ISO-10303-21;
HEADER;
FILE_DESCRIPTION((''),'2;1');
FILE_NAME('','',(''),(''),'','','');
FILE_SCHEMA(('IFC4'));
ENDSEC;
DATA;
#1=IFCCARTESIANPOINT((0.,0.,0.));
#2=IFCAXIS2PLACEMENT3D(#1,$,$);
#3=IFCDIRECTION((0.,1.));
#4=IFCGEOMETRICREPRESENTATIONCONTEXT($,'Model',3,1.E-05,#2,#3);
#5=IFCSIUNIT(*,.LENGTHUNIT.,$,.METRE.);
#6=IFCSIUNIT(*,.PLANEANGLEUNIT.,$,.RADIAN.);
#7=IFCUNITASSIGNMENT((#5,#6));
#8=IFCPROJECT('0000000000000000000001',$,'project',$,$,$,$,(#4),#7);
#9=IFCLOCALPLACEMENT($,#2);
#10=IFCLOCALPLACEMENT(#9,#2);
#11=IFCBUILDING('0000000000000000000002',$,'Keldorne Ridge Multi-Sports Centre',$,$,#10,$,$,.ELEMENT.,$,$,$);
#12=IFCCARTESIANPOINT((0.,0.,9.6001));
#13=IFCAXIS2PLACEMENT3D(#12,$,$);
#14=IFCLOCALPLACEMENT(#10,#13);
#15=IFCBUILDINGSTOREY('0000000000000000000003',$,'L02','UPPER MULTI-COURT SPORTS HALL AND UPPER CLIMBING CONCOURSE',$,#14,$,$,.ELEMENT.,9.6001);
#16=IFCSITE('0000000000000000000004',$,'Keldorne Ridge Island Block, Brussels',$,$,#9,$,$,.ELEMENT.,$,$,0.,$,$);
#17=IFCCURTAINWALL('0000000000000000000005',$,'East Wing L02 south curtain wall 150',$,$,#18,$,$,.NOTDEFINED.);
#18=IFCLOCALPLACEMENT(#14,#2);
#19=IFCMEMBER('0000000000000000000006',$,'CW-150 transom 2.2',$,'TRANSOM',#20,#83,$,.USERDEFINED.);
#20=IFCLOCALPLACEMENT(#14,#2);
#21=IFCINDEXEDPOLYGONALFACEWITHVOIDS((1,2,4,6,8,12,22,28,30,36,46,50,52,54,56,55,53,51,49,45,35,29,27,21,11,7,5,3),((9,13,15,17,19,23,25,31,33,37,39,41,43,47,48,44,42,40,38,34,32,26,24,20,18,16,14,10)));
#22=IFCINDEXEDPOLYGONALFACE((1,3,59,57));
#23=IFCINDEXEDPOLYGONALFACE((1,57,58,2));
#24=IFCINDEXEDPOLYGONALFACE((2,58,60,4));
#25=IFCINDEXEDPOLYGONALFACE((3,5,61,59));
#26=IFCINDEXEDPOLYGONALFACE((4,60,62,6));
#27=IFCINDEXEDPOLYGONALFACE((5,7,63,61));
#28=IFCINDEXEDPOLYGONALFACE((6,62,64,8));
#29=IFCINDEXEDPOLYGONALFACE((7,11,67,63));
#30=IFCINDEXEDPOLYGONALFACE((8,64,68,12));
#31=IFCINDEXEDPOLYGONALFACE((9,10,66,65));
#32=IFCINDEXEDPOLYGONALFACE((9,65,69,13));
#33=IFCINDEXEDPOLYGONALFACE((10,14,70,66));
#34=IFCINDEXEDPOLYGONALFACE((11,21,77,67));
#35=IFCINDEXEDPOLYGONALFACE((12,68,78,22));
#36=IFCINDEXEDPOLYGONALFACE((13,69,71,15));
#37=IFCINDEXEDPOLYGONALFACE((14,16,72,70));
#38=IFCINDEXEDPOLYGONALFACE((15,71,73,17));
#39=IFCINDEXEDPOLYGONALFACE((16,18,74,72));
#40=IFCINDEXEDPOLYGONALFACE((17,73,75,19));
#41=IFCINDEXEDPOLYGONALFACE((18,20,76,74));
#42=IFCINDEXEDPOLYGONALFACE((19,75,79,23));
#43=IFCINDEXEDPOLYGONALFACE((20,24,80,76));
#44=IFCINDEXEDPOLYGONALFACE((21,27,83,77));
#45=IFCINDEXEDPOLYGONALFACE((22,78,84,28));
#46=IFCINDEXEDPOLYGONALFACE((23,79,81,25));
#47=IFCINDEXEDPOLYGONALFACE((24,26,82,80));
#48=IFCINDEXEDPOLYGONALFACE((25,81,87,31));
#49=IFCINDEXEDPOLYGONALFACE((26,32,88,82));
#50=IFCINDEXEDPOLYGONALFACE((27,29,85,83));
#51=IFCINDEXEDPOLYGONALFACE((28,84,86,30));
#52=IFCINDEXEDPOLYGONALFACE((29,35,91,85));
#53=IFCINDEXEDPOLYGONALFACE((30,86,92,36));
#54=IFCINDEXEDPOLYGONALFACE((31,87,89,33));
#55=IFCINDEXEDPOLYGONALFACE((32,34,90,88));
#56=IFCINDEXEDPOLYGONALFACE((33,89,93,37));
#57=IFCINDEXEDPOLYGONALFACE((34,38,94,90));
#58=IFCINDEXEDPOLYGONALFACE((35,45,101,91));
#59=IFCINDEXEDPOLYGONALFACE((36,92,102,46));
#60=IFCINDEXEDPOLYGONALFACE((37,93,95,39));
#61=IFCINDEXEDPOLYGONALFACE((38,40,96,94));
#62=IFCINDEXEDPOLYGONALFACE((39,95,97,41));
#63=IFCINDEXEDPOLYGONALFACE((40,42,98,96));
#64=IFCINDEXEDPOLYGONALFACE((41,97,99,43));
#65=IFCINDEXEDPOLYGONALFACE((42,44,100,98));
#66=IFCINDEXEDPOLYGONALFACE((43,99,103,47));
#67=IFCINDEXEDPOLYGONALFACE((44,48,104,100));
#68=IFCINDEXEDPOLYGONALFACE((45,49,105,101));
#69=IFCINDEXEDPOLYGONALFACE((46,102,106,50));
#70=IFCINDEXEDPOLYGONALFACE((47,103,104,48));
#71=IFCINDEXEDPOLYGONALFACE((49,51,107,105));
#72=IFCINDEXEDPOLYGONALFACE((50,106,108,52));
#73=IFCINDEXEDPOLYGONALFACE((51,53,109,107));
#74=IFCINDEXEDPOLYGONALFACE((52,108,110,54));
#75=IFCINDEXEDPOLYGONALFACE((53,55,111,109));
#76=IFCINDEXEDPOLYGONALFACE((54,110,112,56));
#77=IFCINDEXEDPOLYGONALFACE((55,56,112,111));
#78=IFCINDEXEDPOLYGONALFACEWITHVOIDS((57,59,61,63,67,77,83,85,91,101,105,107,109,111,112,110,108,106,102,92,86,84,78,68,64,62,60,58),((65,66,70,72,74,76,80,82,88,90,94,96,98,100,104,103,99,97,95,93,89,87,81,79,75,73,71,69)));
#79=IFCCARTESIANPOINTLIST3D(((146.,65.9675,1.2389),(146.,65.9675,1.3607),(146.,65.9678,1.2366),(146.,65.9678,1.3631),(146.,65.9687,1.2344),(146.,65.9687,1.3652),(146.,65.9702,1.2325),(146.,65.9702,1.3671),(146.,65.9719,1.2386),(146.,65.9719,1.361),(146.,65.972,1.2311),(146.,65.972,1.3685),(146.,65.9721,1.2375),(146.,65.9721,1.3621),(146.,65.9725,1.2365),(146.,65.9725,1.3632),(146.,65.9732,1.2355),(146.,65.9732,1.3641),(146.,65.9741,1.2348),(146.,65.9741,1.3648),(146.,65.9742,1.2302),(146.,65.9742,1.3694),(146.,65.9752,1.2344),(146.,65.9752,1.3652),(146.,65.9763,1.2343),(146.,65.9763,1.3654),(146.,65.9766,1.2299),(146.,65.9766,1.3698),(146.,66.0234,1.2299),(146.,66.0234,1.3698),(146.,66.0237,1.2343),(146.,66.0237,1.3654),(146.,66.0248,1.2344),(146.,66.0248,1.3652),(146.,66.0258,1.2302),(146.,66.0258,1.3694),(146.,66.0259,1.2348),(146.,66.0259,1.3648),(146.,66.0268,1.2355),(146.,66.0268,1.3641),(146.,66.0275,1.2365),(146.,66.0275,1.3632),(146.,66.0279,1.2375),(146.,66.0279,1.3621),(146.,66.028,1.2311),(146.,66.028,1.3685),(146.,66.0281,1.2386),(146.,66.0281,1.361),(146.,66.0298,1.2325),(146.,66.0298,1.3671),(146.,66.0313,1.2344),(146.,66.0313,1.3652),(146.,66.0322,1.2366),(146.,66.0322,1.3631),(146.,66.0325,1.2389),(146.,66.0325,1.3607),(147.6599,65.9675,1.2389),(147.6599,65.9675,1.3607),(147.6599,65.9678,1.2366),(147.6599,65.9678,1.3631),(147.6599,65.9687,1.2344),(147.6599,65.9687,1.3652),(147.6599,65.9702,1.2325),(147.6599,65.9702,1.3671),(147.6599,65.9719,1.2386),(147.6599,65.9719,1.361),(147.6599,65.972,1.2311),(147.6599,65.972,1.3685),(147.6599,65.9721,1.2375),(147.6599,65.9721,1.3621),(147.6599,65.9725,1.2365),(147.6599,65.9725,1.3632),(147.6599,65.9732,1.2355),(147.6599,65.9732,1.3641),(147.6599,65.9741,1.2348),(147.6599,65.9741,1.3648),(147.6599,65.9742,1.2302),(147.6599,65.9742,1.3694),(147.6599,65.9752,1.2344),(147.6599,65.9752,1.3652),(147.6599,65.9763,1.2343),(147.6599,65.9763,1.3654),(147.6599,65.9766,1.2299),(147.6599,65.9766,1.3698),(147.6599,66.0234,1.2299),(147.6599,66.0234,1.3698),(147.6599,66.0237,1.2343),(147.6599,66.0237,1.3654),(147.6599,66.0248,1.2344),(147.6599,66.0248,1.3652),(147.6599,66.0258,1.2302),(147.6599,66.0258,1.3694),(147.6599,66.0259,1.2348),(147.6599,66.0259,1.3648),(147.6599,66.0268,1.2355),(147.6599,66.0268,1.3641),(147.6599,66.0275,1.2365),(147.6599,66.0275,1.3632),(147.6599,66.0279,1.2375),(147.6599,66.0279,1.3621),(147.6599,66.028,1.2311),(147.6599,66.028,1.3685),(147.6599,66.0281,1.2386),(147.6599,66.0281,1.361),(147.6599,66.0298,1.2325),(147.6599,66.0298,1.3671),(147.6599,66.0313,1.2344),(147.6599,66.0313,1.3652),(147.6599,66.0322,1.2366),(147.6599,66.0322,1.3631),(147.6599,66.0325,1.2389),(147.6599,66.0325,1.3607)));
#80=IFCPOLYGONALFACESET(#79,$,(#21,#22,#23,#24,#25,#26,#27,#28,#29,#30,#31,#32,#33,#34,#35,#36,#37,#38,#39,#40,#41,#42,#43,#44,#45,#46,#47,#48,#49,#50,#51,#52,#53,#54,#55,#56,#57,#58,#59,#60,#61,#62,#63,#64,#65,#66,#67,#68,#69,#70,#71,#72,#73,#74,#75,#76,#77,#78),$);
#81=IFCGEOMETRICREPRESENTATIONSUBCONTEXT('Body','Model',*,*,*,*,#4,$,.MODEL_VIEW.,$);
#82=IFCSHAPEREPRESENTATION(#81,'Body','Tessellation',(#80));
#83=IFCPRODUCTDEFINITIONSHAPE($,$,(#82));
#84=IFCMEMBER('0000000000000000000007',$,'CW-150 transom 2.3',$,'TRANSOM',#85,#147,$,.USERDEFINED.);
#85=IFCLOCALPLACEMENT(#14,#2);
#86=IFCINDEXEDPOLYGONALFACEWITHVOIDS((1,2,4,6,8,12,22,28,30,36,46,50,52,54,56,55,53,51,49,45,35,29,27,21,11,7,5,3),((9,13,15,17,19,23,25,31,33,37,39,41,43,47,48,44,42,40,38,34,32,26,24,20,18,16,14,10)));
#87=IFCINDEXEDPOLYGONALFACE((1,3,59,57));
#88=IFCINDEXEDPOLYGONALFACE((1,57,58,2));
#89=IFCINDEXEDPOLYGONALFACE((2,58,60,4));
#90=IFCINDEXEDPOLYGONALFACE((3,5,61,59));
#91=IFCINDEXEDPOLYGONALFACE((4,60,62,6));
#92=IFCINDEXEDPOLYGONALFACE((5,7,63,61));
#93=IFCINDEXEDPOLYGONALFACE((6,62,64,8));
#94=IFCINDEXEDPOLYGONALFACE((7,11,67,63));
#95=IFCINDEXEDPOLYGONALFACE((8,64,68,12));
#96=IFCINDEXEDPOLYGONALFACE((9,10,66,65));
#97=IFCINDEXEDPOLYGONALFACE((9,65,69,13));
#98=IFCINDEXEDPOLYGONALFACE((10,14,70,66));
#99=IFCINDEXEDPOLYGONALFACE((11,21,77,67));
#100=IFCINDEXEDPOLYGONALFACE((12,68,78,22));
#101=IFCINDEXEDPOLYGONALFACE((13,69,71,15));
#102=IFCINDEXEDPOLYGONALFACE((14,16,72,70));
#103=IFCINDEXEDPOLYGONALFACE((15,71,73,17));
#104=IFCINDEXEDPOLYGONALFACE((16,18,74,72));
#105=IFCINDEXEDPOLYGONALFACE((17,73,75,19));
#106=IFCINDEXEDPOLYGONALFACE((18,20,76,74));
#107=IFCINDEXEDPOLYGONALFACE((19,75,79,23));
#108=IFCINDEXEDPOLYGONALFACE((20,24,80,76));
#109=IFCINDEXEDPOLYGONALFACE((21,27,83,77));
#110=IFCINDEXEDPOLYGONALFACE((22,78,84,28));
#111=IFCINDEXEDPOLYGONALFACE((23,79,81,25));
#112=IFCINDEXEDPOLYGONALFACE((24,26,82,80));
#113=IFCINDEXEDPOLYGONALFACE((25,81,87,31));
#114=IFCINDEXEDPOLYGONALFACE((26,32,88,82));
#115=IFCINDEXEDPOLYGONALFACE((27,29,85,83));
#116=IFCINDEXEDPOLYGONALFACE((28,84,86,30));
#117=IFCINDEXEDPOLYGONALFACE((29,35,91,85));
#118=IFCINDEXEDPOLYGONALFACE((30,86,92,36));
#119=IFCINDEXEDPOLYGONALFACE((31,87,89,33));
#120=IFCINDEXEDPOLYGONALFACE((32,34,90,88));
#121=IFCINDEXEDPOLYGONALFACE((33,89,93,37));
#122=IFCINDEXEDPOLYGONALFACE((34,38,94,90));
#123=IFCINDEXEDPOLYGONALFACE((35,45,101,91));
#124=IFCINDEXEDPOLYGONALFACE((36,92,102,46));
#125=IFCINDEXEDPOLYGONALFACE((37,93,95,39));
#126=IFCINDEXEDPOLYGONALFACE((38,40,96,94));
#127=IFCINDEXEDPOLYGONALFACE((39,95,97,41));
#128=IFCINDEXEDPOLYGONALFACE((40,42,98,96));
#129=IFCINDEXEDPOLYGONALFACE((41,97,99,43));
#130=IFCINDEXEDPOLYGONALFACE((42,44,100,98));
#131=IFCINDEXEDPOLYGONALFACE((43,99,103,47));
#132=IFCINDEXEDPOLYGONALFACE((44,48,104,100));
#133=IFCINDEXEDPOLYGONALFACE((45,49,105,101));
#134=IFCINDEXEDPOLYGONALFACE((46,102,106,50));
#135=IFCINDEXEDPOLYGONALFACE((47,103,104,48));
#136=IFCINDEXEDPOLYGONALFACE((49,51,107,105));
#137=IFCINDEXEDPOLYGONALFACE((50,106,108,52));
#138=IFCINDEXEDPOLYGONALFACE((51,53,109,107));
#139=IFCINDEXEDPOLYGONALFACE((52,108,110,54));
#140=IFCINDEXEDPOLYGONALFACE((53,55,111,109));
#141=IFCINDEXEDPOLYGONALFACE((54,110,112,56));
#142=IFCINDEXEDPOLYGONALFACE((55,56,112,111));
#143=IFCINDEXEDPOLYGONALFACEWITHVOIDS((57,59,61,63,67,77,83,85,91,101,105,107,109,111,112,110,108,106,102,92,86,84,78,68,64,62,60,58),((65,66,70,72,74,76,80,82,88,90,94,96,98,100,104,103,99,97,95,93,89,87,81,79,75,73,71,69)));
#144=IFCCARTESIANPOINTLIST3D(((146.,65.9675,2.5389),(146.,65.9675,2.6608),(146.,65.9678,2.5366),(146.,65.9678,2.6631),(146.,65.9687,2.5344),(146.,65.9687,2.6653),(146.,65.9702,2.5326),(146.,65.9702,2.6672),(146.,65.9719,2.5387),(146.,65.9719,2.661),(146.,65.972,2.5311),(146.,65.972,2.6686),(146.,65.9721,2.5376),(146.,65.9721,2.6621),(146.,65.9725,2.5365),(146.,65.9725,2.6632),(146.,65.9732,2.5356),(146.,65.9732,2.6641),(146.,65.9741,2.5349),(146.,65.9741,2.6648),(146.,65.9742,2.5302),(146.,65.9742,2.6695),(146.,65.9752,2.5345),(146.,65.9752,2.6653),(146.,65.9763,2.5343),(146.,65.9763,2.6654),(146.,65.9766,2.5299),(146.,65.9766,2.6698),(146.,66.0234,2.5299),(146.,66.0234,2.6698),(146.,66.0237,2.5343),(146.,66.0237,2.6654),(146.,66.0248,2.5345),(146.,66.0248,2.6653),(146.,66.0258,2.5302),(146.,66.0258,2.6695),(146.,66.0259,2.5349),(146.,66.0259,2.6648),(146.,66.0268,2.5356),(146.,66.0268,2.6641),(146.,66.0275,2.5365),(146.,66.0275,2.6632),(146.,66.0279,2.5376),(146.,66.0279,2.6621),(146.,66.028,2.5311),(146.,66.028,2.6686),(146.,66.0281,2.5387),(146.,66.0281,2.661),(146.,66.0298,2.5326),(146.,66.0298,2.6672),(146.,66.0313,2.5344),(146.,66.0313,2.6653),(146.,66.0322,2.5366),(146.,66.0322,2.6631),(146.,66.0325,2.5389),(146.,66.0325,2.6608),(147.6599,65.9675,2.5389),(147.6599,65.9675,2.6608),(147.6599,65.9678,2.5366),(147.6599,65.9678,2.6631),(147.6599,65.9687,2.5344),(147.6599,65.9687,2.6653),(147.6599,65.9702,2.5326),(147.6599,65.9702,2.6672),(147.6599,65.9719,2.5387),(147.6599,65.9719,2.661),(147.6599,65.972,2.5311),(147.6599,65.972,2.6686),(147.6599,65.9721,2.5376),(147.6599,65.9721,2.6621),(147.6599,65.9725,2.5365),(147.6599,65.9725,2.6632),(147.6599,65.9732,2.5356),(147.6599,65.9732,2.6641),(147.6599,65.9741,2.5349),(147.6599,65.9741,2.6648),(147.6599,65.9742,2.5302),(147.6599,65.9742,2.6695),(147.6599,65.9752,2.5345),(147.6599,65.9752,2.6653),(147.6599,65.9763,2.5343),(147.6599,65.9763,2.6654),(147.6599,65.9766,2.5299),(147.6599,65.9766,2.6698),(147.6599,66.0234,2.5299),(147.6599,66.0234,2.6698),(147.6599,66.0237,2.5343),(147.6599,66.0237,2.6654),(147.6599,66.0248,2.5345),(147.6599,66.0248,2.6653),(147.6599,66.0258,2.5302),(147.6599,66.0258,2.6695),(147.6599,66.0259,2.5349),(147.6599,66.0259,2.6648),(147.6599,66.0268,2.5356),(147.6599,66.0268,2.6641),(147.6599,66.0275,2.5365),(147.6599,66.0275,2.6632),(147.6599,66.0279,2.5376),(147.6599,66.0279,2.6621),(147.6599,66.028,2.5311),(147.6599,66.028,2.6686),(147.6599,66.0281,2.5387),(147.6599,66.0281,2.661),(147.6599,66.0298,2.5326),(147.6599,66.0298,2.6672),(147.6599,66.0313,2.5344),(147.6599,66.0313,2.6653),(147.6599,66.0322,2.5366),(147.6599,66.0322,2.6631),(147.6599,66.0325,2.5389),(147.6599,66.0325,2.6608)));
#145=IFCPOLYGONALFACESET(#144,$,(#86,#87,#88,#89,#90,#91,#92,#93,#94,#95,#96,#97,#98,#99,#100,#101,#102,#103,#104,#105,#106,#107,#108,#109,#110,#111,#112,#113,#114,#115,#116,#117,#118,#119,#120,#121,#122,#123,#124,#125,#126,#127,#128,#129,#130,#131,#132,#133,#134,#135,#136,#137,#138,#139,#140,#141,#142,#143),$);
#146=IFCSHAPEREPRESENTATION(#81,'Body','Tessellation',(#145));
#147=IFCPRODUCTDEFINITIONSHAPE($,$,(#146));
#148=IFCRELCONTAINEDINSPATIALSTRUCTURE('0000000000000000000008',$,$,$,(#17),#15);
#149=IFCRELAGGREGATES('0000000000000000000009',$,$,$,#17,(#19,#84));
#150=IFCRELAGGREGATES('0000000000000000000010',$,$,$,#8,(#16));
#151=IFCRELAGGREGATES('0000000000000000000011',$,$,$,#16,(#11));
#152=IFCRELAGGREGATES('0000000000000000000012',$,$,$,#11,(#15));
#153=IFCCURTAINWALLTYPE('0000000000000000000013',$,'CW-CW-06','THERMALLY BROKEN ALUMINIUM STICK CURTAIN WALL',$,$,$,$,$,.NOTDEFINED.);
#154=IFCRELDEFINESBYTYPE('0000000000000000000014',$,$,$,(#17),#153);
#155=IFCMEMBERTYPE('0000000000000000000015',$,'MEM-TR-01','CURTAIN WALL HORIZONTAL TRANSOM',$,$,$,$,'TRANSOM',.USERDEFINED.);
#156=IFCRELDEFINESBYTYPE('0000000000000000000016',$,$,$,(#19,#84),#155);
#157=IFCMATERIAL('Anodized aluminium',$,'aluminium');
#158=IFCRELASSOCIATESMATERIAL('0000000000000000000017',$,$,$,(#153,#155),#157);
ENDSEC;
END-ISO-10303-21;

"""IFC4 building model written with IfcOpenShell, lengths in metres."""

from ifc_helpers import new_model, si_unit, direction, frame, origin, origin_2d, place, context, subcontext, project, spatial, hollow_rectangle, extrude, material, material_profile, profile_set, type_object, element, aggregate, save


model = new_model("IFC4")

# Units and contexts
model_context = context("Model", 3, precision=1e-05, world=origin(), true_north=direction((0.0, 1.0)))
body_context = subcontext(model_context, "Body", "Model", "MODEL_VIEW")
ifc_project = project(units=[si_unit("LENGTHUNIT", "METRE"), si_unit("PLANEANGLEUNIT", "RADIAN")], contexts=[model_context])

# Site, building, storey
site_placement = place(None, origin())
site = spatial("IfcSite", under=ifc_project, at=site_placement, Name="Keldorne Ridge Island Block, Brussels", CompositionType="ELEMENT", RefElevation=0.0)
building_placement = place(site_placement, origin())
building = spatial("IfcBuilding", under=site, at=building_placement, Name="Keldorne Ridge Multi-Sports Centre", CompositionType="ELEMENT")
storey_placement = place(building_placement, frame((0.0, 0.0, 9.6001)))
storey = spatial("IfcBuildingStorey", under=building, at=storey_placement, Name="L02", Description="UPPER MULTI-COURT SPORTS HALL AND UPPER CLIMBING CONCOURSE", CompositionType="ELEMENT", Elevation=9.6001)

# Curtain wall, members
ifc_material_1 = material(Name="Anodized aluminium", Category="aluminium")
curtain_wall_type = type_object("IfcCurtainWallType", Name="CW-CW-06", Description="THERMALLY BROKEN ALUMINIUM STICK CURTAIN WALL", PredefinedType="NOTDEFINED", material=ifc_material_1)
curtain_wall_placement = place(storey_placement, origin())
curtain_wall = element("IfcCurtainWall", 1, at=curtain_wall_placement, inside=storey, type_object=curtain_wall_type, Name="East Wing L02 south curtain wall 150", PredefinedType="NOTDEFINED")
ifc_material_profile_1 = material_profile(ifc_material_1, hollow_rectangle(XDim=0.0649, YDim=0.1399, WallThickness=0.0044, InnerFilletRadius=0.0044, OuterFilletRadius=0.009, at=origin_2d()), Name="ALU TRANSOM 140x65x4.5")
ifc_profile_set_1 = profile_set([ifc_material_profile_1], Name="Anodized aluminium")
member_type_1 = type_object("IfcMemberType", Name="MEM-TR-01", Description="CURTAIN WALL HORIZONTAL TRANSOM", ElementType="TRANSOM", PredefinedType="USERDEFINED", material=ifc_profile_set_1)
member_1_placement = place(storey_placement, frame((146.0, 66.0, 1.2998), z_axis=(1.0, 0.0, 0.0), x_axis=(0.0, 1.0, 0.0)))
member_1 = element("IfcMember", 2, at=member_1_placement, type_object=member_type_1, Name="CW-150 transom 2.2", ObjectType="TRANSOM", PredefinedType="USERDEFINED", context=body_context, shape_type="SweptSolid", body=[
    extrude(hollow_rectangle(XDim=0.0649, YDim=0.1399, WallThickness=0.0044, InnerFilletRadius=0.0044, OuterFilletRadius=0.009, at=origin_2d()), origin(), (0.0, 0.0, 1.0), 1.6599),
])
member_2_placement = place(storey_placement, frame((146.0, 66.0, 2.5999), z_axis=(1.0, 0.0, 0.0), x_axis=(0.0, 1.0, 0.0)))
member_2 = element("IfcMember", 3, at=member_2_placement, type_object=member_type_1, Name="CW-150 transom 2.3", ObjectType="TRANSOM", PredefinedType="USERDEFINED", context=body_context, shape_type="SweptSolid", body=[
    extrude(hollow_rectangle(XDim=0.0649, YDim=0.1399, WallThickness=0.0044, InnerFilletRadius=0.0044, OuterFilletRadius=0.009, at=origin_2d()), origin(), (0.0, 0.0, 1.0), 1.6599),
])
aggregate(curtain_wall, [member_1, member_2])

save(model, "model.ifc")
